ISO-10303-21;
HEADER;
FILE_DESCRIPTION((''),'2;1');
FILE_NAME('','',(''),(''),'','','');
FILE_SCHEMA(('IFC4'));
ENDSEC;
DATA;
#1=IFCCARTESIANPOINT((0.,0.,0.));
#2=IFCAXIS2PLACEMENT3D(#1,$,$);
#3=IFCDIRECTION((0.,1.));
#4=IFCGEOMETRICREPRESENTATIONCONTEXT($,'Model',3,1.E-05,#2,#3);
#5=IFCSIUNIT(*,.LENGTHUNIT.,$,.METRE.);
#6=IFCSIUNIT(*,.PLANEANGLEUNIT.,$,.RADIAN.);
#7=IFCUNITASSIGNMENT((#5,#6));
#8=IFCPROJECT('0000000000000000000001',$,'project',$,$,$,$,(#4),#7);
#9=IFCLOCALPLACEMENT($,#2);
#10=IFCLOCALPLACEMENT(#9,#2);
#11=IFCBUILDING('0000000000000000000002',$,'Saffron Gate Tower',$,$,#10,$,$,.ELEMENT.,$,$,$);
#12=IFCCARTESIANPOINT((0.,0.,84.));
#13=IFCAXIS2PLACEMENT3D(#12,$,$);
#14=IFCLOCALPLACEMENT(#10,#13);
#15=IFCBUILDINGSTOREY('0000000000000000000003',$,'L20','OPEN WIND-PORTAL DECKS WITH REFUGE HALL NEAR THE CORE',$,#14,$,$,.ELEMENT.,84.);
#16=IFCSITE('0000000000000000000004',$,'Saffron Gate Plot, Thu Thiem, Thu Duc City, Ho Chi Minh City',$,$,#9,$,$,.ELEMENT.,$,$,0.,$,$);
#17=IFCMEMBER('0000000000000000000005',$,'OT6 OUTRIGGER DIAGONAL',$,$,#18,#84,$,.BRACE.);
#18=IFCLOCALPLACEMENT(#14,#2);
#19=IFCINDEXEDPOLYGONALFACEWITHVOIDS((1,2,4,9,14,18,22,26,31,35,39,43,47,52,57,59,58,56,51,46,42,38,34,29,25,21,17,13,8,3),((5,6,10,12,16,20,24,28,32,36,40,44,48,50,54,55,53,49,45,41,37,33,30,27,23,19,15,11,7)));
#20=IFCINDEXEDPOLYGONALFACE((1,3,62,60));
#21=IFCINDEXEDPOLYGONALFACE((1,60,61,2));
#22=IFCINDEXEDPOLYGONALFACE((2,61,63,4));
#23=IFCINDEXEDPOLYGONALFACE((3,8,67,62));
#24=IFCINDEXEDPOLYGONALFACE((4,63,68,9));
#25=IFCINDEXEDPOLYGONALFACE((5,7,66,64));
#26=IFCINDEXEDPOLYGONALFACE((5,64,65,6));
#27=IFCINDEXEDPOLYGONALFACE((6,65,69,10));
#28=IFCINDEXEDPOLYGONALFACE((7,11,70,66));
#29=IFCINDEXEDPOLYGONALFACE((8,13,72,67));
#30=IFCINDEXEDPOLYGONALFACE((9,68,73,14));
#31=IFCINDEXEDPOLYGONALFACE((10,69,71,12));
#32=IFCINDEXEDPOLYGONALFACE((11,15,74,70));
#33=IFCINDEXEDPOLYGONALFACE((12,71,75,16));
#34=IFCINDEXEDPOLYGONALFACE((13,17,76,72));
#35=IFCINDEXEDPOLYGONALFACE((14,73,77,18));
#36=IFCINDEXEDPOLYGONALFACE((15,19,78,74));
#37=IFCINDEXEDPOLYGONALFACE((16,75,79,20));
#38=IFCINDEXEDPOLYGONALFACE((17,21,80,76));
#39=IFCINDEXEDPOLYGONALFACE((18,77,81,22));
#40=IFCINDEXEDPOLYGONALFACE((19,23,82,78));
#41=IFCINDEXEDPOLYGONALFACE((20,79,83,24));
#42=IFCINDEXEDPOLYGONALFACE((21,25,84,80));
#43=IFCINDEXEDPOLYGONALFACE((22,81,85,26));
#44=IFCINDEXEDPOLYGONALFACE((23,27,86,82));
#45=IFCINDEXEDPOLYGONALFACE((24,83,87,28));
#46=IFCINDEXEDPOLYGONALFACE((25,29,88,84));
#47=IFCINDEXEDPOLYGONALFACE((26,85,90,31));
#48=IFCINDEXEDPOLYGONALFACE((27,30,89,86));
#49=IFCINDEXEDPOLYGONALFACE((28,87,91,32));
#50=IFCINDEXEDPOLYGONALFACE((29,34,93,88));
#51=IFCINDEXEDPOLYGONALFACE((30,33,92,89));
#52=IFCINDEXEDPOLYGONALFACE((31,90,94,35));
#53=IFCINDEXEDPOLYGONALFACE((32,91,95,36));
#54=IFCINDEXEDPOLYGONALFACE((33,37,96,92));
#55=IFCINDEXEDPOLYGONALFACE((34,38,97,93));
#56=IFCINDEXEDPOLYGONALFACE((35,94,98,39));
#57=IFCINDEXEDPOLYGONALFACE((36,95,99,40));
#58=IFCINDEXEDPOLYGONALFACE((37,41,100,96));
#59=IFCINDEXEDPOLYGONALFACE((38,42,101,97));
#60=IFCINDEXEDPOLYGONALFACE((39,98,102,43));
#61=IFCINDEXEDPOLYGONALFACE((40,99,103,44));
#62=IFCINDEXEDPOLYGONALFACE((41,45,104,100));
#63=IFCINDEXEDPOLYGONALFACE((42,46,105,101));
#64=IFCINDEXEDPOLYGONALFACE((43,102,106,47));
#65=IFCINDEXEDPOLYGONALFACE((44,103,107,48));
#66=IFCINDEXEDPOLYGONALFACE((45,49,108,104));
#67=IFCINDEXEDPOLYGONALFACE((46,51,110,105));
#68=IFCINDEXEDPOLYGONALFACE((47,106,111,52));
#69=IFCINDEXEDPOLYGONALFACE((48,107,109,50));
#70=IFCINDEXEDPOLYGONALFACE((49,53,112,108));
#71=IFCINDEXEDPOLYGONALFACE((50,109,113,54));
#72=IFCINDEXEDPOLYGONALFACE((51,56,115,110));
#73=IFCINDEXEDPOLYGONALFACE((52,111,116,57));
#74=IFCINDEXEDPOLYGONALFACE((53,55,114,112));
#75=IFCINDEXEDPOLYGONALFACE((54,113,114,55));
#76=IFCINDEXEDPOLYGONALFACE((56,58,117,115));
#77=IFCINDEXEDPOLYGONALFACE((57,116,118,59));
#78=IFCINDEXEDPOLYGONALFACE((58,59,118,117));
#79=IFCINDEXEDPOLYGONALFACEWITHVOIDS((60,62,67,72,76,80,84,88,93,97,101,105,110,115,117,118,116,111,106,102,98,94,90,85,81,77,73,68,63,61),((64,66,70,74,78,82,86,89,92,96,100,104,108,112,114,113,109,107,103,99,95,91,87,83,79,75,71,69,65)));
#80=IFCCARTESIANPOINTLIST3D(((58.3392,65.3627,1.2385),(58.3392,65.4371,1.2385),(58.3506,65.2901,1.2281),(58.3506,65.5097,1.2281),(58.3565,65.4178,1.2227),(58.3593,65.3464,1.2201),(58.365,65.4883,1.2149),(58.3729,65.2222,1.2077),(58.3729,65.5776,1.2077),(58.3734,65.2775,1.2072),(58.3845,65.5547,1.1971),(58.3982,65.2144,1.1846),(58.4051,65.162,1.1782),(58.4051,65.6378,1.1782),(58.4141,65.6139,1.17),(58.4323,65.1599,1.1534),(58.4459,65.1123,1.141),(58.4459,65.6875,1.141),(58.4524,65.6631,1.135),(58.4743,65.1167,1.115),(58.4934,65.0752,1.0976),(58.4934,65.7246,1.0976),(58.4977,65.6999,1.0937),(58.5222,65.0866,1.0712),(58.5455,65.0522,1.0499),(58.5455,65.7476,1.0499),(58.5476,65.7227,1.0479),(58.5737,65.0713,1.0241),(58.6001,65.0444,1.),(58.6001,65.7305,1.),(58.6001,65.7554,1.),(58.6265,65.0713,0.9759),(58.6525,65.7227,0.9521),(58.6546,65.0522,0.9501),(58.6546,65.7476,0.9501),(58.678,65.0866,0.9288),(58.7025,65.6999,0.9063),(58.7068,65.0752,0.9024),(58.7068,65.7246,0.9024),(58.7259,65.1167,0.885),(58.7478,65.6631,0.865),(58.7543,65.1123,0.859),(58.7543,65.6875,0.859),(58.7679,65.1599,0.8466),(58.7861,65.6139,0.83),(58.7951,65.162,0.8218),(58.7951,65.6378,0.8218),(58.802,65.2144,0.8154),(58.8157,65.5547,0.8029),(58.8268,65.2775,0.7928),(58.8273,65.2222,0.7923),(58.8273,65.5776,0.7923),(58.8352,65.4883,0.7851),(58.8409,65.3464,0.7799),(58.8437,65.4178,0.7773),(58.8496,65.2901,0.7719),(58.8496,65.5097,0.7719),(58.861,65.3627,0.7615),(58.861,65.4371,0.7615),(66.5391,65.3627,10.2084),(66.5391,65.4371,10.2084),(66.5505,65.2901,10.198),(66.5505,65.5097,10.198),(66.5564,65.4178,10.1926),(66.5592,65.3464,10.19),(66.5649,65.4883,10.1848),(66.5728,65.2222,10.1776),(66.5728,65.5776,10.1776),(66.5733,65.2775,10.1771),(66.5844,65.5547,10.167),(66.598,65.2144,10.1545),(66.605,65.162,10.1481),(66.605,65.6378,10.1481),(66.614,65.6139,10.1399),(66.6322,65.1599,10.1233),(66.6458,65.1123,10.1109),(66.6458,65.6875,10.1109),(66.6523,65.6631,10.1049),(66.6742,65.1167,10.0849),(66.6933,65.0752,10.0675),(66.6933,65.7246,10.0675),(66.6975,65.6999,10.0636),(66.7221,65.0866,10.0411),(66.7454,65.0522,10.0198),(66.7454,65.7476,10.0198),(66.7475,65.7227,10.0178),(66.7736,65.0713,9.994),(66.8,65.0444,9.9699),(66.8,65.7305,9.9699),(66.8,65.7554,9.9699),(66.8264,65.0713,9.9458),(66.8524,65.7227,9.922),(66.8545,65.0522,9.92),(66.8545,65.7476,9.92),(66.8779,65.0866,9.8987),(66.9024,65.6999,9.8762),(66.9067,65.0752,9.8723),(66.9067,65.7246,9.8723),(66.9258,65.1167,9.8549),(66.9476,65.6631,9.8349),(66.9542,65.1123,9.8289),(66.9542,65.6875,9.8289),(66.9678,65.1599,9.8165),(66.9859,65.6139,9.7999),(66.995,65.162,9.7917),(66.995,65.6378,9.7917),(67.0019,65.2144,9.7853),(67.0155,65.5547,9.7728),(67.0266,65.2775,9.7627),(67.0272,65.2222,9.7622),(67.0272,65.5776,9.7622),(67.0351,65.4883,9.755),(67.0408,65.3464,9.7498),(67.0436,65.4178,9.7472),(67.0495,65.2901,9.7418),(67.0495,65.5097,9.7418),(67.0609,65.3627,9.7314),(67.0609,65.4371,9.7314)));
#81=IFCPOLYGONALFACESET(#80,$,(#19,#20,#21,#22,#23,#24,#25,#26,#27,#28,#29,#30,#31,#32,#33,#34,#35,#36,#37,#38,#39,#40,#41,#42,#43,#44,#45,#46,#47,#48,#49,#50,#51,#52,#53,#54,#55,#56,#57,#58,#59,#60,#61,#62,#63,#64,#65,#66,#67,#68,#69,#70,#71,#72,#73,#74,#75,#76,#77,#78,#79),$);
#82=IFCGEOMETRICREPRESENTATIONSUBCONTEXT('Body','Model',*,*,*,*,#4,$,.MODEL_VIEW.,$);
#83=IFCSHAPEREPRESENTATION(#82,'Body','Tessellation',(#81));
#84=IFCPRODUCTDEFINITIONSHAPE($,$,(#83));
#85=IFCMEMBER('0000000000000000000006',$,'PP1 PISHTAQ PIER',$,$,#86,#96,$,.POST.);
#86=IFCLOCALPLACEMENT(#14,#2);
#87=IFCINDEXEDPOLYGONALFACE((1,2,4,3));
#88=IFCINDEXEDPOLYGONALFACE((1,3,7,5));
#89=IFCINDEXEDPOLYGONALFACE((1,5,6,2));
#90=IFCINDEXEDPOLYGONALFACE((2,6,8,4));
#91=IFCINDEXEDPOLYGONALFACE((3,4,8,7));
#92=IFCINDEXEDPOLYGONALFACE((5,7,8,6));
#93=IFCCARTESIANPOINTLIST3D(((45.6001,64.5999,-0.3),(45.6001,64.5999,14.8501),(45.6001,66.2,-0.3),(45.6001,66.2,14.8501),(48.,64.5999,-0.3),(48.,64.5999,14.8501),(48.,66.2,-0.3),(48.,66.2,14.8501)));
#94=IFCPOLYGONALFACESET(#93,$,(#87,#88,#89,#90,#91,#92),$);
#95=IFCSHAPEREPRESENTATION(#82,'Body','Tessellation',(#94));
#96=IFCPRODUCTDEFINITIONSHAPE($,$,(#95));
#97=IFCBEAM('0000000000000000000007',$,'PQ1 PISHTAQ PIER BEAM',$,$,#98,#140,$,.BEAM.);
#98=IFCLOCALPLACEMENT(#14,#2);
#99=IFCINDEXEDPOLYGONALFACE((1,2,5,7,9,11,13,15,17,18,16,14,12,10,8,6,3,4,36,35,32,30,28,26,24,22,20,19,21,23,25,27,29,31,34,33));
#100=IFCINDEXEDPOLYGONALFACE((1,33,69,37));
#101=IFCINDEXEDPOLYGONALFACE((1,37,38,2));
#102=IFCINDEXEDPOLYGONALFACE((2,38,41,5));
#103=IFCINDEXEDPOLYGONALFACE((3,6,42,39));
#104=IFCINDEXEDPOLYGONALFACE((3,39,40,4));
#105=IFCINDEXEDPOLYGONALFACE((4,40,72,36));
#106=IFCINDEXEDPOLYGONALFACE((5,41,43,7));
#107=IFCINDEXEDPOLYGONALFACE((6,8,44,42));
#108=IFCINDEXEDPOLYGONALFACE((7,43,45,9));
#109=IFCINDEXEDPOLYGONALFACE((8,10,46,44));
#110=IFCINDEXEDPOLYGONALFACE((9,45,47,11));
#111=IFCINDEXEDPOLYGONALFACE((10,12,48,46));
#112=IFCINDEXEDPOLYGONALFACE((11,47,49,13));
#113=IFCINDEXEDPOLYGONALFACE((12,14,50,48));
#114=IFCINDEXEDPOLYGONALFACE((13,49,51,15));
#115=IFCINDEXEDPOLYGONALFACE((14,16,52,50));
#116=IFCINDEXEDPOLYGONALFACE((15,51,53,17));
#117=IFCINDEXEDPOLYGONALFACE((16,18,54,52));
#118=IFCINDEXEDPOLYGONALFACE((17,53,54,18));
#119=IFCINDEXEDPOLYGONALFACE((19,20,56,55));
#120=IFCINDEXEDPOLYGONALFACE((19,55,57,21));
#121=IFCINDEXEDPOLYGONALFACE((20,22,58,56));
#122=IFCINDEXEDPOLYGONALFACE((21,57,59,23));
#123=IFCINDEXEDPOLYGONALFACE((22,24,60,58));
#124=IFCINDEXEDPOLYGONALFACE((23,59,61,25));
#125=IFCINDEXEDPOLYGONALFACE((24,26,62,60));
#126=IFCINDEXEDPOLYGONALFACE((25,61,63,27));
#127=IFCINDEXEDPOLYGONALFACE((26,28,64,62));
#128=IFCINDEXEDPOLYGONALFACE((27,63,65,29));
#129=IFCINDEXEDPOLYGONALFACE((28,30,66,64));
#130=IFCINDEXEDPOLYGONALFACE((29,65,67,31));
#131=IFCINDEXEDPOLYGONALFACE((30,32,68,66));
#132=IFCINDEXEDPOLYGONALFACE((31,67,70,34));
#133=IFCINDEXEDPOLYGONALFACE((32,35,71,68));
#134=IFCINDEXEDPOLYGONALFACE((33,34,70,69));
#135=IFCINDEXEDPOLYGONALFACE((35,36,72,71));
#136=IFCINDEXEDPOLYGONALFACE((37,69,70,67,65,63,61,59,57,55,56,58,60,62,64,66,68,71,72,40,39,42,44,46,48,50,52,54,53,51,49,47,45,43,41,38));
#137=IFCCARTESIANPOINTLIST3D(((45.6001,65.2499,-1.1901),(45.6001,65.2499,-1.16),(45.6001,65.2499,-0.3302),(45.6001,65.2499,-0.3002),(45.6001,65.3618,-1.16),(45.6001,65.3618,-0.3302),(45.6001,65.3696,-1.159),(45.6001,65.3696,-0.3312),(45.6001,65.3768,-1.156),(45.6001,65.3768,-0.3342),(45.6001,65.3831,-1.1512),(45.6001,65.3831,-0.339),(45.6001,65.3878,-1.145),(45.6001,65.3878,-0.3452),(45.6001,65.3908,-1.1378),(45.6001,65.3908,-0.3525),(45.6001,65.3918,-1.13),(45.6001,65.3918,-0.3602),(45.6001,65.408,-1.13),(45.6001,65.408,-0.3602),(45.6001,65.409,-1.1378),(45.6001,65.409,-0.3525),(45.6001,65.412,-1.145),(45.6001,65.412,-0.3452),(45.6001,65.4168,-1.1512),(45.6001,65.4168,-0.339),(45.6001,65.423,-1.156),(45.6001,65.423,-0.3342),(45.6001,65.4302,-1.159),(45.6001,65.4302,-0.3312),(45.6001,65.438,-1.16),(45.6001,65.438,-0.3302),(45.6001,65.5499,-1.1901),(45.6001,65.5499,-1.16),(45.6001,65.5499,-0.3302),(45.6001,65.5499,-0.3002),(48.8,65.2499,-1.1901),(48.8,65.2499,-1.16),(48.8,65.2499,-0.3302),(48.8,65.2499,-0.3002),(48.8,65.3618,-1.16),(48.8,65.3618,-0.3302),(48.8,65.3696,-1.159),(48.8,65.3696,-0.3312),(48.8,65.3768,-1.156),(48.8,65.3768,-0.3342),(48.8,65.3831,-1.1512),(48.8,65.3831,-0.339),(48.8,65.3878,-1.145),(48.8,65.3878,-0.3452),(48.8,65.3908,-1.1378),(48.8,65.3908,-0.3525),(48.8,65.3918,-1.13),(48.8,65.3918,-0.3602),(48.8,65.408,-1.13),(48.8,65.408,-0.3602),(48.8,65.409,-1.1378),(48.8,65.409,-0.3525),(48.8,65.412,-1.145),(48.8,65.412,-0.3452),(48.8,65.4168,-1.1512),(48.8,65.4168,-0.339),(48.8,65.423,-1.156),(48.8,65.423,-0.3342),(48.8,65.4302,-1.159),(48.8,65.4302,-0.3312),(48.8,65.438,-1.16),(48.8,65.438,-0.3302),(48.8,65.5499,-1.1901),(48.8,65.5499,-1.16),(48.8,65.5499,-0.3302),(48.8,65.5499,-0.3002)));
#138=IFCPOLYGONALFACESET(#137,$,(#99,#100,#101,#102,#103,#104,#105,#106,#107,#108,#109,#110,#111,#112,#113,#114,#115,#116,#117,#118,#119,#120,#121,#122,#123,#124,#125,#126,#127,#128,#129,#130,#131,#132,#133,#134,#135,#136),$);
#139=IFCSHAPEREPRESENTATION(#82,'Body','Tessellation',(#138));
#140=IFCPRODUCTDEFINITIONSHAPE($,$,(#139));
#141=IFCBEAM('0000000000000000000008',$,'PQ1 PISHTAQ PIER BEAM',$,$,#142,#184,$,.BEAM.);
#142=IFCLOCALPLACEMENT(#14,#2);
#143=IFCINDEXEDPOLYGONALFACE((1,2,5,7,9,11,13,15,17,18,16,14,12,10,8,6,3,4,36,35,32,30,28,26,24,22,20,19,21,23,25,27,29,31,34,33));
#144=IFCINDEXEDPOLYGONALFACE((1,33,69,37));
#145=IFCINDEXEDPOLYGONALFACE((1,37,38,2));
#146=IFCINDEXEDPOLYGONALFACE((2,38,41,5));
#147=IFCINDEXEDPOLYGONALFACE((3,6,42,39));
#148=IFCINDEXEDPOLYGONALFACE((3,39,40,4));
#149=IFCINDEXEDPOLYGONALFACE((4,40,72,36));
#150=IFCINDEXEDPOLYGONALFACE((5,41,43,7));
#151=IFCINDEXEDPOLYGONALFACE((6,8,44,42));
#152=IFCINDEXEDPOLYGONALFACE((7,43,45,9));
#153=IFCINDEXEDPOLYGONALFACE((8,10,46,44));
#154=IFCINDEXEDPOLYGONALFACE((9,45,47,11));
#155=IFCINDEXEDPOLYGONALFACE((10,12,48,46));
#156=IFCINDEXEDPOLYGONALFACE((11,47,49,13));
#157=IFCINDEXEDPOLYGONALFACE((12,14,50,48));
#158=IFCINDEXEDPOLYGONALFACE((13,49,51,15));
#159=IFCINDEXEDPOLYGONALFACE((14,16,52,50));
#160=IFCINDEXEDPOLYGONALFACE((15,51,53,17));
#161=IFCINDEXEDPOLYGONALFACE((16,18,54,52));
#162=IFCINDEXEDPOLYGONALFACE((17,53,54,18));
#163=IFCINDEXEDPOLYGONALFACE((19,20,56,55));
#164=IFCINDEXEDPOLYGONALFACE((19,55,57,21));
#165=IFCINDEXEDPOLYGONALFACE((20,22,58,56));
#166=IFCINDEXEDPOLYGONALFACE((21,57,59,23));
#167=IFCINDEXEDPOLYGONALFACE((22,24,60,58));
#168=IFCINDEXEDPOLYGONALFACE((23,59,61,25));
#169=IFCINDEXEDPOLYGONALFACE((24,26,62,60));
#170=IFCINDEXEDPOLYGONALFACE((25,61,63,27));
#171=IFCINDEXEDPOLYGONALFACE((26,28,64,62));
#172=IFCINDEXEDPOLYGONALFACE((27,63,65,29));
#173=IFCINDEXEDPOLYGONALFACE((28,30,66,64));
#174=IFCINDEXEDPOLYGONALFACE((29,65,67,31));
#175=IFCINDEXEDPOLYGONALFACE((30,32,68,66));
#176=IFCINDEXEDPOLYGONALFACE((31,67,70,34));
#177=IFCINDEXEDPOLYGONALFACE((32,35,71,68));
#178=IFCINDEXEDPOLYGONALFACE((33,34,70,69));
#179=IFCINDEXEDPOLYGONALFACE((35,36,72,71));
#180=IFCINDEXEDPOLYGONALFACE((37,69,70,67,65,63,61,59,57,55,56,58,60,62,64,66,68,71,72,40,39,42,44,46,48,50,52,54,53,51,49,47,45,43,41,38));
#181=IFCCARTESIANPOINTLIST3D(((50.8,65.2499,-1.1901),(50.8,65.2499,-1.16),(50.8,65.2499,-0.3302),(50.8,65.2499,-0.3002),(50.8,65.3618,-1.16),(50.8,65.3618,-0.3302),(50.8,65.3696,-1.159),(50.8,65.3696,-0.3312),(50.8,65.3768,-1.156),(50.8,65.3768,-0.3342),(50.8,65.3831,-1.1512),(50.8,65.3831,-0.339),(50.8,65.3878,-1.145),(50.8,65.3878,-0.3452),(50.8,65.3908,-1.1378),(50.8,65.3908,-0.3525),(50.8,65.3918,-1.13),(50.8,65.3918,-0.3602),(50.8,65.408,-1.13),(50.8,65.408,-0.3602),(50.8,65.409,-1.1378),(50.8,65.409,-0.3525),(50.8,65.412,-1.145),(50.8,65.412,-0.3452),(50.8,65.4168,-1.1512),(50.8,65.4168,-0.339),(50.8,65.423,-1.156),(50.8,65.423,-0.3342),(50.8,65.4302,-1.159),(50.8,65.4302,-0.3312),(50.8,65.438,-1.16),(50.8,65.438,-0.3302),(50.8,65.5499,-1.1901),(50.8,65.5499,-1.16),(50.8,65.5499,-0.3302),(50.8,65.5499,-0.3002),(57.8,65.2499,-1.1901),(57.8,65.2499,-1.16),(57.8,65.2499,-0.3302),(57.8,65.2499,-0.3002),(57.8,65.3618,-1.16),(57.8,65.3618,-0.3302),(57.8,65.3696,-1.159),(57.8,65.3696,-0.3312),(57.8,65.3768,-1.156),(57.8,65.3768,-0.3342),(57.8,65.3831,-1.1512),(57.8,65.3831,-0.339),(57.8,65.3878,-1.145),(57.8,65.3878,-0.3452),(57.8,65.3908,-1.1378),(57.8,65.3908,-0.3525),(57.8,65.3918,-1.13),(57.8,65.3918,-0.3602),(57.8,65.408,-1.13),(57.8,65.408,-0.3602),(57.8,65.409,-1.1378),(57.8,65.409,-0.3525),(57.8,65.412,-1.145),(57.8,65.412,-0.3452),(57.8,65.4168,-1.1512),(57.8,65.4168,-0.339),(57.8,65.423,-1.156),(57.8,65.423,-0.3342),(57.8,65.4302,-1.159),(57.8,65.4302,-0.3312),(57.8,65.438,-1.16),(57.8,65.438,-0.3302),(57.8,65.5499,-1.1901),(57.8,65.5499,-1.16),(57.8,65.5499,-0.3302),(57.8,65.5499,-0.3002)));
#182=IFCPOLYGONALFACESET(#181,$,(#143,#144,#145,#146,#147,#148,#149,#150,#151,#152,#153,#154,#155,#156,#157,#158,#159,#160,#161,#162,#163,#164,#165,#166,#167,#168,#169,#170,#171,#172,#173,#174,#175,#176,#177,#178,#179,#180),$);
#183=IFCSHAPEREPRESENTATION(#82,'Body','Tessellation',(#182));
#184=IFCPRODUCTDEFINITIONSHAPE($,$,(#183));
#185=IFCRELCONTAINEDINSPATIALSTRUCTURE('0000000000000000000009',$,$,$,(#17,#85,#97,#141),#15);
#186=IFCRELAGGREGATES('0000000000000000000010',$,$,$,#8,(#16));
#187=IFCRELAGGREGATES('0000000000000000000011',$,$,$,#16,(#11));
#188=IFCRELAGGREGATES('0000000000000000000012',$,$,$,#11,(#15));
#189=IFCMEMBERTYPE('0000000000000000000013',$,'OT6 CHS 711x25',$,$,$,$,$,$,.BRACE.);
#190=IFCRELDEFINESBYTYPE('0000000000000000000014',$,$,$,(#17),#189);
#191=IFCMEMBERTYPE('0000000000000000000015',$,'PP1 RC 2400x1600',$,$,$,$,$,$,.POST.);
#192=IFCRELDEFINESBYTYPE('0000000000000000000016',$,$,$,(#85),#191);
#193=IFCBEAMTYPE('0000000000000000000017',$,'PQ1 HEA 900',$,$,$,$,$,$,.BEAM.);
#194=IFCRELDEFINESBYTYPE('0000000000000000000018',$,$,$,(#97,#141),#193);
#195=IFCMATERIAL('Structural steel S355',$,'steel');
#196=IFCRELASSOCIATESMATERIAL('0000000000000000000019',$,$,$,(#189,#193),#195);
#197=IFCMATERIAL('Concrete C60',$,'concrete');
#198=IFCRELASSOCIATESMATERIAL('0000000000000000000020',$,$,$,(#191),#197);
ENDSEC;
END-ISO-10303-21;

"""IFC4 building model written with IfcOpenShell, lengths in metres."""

from ifc_helpers import new_model, si_unit, direction, frame, origin, origin_2d, place, context, subcontext, project, spatial, rectangle, hollow_circle, i_section, extrude, material, material_profile, profile_set, type_object, element, save


model = new_model("IFC4")

# Units and contexts
model_context = context("Model", 3, precision=1e-05, world=origin(), true_north=direction((0.0, 1.0)))
body_context = subcontext(model_context, "Body", "Model", "MODEL_VIEW")
ifc_project = project(units=[si_unit("LENGTHUNIT", "METRE"), si_unit("PLANEANGLEUNIT", "RADIAN")], contexts=[model_context])

# Site, building, storey
site_placement = place(None, origin())
site = spatial("IfcSite", under=ifc_project, at=site_placement, Name="Saffron Gate Plot, Thu Thiem, Thu Duc City, Ho Chi Minh City", CompositionType="ELEMENT", RefElevation=0.0)
building_placement = place(site_placement, origin())
building = spatial("IfcBuilding", under=site, at=building_placement, Name="Saffron Gate Tower", CompositionType="ELEMENT")
storey_placement = place(building_placement, frame((0.0, 0.0, 84.0)))
storey = spatial("IfcBuildingStorey", under=building, at=storey_placement, Name="L20", Description="OPEN WIND-PORTAL DECKS WITH REFUGE HALL NEAR THE CORE", CompositionType="ELEMENT", Elevation=84.0)

# Shared definitions
ifc_material_1 = material(Name="Concrete C60", Category="concrete")

# Members
ifc_material_2 = material(Name="Structural steel S355", Category="steel")
ifc_material_profile_1 = material_profile(ifc_material_2, hollow_circle(Radius=0.3555, WallThickness=0.0249, at=origin_2d()))
ifc_profile_set_1 = profile_set([ifc_material_profile_1], Name="Structural steel S355")
member_type_1 = type_object("IfcMemberType", Name="OT6 CHS 711x25", PredefinedType="BRACE", material=ifc_profile_set_1)
member_1_placement = place(storey_placement, frame((58.6001, 65.3999, 1.0), z_axis=(0.674717, 0.0, 0.738077), x_axis=(0.0, 1.0, 0.0)))
element("IfcMember", 1, at=member_1_placement, inside=storey, type_object=member_type_1, Name="OT6 OUTRIGGER DIAGONAL", PredefinedType="BRACE", context=body_context, shape_type="SweptSolid", body=[
    extrude(hollow_circle(Radius=0.3555, WallThickness=0.0249, at=origin_2d()), origin(), (0.0, 0.0, 1.0), 12.1531),
])
ifc_material_profile_2 = material_profile(ifc_material_1, rectangle(XDim=2.3999, YDim=1.6001, at=origin_2d()))
ifc_profile_set_2 = profile_set([ifc_material_profile_2], Name="Concrete C60")
member_type_2 = type_object("IfcMemberType", Name="PP1 RC 2400x1600", PredefinedType="POST", material=ifc_profile_set_2)
member_2_placement = place(storey_placement, frame((46.8, 65.3999, -0.3), z_axis=(0.0, 0.0, 1.0), x_axis=(1.0, 0.0, 0.0)))
element("IfcMember", 2, at=member_2_placement, inside=storey, type_object=member_type_2, Name="PP1 PISHTAQ PIER", PredefinedType="POST", context=body_context, shape_type="SweptSolid", body=[
    extrude(rectangle(XDim=2.3999, YDim=1.6001, at=origin_2d()), origin(), (0.0, 0.0, 1.0), 15.1501),
])

# Beams
ifc_material_profile_3 = material_profile(ifc_material_2, i_section(OverallWidth=0.3, OverallDepth=0.8899, WebThickness=0.0161, FlangeThickness=0.03, FilletRadius=0.03, at=origin_2d()))
ifc_profile_set_3 = profile_set([ifc_material_profile_3], Name="Structural steel S355")
beam_type = type_object("IfcBeamType", Name="PQ1 HEA 900", PredefinedType="BEAM", material=ifc_profile_set_3)
beam_1_placement = place(storey_placement, frame((45.6001, 65.3999, -0.7451), z_axis=(1.0, 0.0, 0.0), x_axis=(0.0, 1.0, 0.0)))
element("IfcBeam", 3, at=beam_1_placement, inside=storey, type_object=beam_type, Name="PQ1 PISHTAQ PIER BEAM", PredefinedType="BEAM", context=body_context, shape_type="SweptSolid", body=[
    extrude(i_section(OverallWidth=0.3, OverallDepth=0.8899, WebThickness=0.0161, FlangeThickness=0.03, FilletRadius=0.03, at=origin_2d()), origin(), (0.0, 0.0, 1.0), 3.2),
])
beam_2_placement = place(storey_placement, frame((50.8, 65.3999, -0.7451), z_axis=(1.0, 0.0, 0.0), x_axis=(0.0, 1.0, 0.0)))
element("IfcBeam", 4, at=beam_2_placement, inside=storey, type_object=beam_type, Name="PQ1 PISHTAQ PIER BEAM", PredefinedType="BEAM", context=body_context, shape_type="SweptSolid", body=[
    extrude(i_section(OverallWidth=0.3, OverallDepth=0.8899, WebThickness=0.0161, FlangeThickness=0.03, FilletRadius=0.03, at=origin_2d()), origin(), (0.0, 0.0, 1.0), 7.0),
])

save(model, "model.ifc")
